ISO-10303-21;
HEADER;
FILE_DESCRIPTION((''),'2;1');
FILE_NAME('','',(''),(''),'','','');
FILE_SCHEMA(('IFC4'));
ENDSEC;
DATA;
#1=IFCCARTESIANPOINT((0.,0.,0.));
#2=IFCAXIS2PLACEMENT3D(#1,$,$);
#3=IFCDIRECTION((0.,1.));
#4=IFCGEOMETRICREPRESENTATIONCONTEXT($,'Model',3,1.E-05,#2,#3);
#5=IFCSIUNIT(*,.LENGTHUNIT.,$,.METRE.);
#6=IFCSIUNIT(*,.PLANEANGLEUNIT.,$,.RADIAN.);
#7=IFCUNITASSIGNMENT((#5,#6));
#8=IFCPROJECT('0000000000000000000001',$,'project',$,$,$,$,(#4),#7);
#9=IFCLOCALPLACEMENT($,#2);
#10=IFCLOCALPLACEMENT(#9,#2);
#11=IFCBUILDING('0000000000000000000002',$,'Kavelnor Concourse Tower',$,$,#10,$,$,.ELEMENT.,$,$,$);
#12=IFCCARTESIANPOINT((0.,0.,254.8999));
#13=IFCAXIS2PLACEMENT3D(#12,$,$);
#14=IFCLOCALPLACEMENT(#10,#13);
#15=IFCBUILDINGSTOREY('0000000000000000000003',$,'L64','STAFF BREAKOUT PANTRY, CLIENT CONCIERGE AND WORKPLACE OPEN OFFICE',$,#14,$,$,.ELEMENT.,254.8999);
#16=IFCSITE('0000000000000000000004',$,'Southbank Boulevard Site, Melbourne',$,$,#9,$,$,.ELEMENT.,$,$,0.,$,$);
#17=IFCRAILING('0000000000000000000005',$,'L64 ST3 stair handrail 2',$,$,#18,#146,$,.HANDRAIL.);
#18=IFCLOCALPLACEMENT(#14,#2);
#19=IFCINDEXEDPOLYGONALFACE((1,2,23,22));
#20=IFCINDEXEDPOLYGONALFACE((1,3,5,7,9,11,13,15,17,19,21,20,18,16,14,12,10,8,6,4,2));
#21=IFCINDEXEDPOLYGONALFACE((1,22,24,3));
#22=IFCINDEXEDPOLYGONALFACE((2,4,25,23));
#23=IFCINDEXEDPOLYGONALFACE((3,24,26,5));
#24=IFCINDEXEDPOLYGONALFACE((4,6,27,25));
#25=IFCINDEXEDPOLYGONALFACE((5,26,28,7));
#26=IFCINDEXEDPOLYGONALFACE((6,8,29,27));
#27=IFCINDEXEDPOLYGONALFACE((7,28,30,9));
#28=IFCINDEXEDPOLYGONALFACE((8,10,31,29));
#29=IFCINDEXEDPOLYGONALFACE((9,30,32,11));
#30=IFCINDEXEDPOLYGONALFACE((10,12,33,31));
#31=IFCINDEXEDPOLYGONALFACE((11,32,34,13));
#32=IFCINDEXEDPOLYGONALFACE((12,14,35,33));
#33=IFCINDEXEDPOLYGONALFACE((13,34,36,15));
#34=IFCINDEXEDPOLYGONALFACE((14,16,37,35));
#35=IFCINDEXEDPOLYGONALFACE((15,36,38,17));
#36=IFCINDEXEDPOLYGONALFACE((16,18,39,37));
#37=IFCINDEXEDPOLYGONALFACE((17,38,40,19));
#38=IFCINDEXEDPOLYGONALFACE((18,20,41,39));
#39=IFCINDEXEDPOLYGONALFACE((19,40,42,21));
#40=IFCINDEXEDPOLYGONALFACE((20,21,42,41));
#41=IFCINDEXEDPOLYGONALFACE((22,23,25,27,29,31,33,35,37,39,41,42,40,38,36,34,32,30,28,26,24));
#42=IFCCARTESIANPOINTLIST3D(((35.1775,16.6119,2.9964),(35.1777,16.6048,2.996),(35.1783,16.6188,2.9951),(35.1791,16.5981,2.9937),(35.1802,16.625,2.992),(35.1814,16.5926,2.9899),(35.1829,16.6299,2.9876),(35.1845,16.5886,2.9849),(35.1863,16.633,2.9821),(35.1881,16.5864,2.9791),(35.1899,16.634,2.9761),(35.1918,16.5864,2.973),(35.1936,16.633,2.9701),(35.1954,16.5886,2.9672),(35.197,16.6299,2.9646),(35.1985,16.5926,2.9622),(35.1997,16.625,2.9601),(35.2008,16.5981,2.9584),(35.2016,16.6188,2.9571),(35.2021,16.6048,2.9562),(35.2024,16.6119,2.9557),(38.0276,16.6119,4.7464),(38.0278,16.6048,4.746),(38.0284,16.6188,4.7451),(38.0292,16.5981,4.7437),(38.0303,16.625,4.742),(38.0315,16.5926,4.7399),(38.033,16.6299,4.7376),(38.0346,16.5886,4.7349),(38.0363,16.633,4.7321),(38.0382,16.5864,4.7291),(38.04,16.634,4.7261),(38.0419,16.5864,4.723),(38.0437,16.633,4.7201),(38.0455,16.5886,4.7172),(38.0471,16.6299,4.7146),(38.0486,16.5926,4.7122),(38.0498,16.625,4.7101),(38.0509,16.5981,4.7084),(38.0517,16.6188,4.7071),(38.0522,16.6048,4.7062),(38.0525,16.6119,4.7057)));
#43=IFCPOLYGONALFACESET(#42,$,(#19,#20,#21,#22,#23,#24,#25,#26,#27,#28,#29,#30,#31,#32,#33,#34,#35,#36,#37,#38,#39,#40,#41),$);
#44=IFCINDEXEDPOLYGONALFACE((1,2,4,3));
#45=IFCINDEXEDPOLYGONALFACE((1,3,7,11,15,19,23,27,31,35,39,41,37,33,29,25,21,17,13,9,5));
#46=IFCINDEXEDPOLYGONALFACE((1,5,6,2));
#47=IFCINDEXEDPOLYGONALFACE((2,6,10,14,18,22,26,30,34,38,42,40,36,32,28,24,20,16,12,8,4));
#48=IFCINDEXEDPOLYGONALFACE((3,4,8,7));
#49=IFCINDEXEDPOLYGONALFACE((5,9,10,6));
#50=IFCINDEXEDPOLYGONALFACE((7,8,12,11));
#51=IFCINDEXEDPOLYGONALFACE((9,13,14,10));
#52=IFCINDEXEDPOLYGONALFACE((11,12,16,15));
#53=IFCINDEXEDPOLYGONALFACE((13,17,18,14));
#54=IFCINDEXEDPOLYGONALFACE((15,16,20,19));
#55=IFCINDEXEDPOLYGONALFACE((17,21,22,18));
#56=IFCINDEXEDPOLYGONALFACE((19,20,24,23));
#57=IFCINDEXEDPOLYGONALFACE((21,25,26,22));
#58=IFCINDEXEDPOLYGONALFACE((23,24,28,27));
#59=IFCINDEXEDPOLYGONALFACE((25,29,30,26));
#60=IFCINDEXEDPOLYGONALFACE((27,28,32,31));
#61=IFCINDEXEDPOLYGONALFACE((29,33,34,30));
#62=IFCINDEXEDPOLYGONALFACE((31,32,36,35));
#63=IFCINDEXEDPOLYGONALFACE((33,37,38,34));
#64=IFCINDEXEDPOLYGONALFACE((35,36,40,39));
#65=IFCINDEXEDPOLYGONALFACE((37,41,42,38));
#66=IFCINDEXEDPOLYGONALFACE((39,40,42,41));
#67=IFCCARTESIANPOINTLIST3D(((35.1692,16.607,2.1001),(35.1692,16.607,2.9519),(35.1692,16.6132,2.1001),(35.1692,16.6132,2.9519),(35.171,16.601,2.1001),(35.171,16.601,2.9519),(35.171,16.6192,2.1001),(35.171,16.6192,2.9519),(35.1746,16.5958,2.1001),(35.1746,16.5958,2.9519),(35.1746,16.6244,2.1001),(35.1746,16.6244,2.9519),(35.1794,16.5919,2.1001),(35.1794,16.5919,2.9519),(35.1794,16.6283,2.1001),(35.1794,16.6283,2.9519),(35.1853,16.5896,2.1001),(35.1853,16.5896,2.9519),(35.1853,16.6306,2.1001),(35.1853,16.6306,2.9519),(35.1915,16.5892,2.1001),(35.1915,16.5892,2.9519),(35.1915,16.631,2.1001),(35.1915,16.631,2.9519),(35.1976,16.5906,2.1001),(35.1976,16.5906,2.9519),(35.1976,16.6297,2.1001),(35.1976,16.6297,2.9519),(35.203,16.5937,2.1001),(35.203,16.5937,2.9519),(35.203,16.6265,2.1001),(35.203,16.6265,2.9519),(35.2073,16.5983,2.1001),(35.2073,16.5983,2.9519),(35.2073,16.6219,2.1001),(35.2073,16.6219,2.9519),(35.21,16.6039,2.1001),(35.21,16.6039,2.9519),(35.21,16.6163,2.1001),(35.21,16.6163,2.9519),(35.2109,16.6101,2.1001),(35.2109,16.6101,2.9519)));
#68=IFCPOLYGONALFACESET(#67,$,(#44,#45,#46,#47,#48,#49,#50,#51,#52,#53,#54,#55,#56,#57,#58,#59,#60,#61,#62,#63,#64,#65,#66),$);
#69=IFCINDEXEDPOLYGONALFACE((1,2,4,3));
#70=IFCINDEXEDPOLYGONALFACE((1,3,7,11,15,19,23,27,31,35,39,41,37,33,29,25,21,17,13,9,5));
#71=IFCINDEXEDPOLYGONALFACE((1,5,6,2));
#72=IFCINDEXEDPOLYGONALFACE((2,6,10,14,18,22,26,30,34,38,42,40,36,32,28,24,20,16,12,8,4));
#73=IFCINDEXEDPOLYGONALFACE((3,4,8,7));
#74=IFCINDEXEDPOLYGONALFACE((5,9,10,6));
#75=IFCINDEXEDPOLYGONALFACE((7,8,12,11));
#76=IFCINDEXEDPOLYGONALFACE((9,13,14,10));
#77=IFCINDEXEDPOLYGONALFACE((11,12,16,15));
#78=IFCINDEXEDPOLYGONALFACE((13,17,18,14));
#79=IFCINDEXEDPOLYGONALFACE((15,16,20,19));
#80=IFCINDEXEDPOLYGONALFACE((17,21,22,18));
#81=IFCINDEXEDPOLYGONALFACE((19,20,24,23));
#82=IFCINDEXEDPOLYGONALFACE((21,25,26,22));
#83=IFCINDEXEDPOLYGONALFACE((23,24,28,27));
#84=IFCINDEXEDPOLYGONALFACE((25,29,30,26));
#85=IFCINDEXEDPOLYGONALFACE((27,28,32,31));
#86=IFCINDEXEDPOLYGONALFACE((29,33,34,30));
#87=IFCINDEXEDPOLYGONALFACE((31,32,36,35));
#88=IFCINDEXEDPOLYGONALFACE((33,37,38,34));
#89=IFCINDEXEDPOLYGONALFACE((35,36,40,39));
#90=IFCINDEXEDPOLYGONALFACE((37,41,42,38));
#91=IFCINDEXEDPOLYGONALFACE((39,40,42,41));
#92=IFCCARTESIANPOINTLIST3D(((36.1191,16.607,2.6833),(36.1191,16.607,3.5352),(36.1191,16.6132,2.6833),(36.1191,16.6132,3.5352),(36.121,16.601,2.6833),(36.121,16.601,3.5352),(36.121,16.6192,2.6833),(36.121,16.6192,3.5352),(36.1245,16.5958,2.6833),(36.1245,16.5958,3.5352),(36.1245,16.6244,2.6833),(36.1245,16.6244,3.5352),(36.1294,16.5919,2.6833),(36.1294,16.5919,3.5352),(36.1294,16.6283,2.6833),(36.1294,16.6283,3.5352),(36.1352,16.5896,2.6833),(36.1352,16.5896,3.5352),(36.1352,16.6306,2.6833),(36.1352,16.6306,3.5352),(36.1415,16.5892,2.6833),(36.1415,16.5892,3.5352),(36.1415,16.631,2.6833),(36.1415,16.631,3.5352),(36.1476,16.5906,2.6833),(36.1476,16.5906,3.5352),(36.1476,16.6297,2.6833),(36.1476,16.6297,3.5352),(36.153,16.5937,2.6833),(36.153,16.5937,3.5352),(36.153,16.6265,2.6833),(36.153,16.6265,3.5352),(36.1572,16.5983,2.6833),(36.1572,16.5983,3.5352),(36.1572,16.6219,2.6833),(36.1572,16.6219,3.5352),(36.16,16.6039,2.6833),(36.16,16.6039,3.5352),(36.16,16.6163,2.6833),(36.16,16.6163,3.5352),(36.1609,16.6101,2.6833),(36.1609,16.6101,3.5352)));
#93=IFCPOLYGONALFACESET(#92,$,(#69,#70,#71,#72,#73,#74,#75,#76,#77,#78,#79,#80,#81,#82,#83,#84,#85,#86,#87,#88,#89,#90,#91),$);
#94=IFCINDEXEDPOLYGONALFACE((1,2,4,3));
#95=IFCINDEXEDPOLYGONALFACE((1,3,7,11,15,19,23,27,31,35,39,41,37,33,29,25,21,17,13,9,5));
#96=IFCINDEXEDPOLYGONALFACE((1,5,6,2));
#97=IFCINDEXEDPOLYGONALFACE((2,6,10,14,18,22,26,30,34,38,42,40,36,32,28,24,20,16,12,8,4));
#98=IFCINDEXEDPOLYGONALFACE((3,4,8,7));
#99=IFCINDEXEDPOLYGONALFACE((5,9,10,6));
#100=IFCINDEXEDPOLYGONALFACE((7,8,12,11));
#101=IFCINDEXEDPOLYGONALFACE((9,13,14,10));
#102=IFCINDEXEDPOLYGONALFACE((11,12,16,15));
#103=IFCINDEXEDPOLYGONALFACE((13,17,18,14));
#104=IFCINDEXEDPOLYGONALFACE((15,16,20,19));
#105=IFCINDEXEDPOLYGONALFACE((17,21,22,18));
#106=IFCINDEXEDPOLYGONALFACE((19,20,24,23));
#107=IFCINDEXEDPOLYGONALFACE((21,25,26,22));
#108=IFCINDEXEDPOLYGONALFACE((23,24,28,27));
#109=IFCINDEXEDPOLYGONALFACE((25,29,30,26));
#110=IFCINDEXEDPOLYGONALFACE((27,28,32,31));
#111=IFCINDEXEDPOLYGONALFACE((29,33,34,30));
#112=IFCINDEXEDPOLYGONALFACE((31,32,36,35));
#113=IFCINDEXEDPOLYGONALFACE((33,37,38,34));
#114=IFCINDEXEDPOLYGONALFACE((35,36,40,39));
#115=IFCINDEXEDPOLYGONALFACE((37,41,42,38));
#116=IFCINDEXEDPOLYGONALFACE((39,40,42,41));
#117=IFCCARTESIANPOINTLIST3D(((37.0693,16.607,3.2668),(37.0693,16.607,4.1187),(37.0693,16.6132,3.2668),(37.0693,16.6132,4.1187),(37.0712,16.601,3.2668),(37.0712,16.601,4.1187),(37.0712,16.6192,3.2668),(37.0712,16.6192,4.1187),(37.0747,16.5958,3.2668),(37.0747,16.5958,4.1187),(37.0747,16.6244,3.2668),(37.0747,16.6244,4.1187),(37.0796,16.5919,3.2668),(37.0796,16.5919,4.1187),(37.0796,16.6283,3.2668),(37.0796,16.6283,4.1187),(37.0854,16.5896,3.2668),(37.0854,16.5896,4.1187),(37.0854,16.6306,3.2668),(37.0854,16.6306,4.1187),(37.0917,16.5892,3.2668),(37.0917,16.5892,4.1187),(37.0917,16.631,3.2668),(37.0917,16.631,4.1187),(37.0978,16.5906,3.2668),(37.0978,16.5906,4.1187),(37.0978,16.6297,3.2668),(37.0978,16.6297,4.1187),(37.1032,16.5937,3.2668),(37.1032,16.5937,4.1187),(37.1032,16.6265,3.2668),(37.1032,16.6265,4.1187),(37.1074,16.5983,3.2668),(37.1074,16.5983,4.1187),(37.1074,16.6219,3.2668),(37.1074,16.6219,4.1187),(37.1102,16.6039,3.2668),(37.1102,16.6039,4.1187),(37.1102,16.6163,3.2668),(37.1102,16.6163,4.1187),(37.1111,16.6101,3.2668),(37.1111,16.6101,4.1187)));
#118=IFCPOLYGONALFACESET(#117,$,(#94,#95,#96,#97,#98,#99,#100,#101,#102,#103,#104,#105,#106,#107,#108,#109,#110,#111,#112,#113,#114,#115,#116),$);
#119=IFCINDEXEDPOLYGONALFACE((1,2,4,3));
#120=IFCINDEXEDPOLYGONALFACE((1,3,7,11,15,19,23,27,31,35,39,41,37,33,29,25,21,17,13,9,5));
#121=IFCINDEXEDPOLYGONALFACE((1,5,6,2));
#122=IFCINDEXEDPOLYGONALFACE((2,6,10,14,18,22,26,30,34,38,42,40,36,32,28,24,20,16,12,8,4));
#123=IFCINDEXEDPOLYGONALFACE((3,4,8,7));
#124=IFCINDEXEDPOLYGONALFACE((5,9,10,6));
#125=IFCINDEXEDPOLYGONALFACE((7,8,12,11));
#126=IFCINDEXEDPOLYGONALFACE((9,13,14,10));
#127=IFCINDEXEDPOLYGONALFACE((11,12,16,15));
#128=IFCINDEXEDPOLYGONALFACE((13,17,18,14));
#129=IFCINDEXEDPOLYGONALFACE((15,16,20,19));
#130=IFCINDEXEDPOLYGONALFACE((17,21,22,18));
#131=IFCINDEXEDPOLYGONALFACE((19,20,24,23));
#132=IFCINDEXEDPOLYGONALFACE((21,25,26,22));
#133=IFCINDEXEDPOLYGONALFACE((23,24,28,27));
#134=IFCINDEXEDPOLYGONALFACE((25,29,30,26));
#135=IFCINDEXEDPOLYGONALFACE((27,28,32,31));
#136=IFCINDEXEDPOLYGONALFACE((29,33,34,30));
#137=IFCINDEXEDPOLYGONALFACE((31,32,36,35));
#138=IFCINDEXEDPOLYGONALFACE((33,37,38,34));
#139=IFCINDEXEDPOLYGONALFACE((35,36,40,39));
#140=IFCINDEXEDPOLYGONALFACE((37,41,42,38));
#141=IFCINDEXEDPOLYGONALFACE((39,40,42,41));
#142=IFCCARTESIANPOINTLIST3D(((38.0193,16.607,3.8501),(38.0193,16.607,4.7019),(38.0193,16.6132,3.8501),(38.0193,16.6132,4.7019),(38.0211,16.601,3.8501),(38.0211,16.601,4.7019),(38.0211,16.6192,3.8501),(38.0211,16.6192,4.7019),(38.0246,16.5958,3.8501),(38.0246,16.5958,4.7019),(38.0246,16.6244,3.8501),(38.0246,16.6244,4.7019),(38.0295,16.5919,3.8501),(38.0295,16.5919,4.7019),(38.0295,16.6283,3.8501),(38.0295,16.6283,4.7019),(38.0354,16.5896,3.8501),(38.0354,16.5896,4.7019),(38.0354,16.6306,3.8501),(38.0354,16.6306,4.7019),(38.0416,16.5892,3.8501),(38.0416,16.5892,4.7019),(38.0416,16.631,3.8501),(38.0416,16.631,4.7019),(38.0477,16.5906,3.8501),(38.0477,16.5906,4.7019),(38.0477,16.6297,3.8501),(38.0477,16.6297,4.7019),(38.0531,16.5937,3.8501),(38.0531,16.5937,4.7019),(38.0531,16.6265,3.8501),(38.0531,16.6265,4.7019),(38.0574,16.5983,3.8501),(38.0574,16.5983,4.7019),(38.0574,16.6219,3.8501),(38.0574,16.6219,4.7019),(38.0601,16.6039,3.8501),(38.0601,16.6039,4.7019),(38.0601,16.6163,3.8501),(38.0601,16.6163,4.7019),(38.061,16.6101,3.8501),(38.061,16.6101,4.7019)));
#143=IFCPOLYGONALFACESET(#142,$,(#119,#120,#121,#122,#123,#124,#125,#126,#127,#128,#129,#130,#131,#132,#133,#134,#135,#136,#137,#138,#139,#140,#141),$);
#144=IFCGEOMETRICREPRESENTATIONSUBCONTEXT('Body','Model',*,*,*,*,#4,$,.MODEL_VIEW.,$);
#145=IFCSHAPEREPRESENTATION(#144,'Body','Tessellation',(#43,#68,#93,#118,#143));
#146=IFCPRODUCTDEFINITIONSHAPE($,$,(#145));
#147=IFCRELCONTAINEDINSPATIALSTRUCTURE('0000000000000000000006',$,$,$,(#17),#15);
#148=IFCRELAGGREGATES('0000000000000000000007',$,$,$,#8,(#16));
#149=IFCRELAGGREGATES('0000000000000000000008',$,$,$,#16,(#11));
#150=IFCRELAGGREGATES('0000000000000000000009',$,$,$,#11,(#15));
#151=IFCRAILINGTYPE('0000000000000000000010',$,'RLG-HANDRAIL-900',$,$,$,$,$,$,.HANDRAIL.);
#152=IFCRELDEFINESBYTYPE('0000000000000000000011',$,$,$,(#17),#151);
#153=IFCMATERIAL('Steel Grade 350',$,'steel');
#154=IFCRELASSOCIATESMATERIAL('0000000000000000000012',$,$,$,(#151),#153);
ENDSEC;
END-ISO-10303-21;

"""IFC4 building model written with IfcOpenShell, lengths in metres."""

from ifc_helpers import new_model, si_unit, direction, frame, origin, origin_2d, place, context, subcontext, project, spatial, circle, extrude, material, type_object, element, save


model = new_model("IFC4")

# Units and contexts
model_context = context("Model", 3, precision=1e-05, world=origin(), true_north=direction((0.0, 1.0)))
body_context = subcontext(model_context, "Body", "Model", "MODEL_VIEW")
ifc_project = project(units=[si_unit("LENGTHUNIT", "METRE"), si_unit("PLANEANGLEUNIT", "RADIAN")], contexts=[model_context])

# Site, building, storey
site_placement = place(None, origin())
site = spatial("IfcSite", under=ifc_project, at=site_placement, Name="Southbank Boulevard Site, Melbourne", CompositionType="ELEMENT", RefElevation=0.0)
building_placement = place(site_placement, origin())
building = spatial("IfcBuilding", under=site, at=building_placement, Name="Kavelnor Concourse Tower", CompositionType="ELEMENT")
storey_placement = place(building_placement, frame((0.0, 0.0, 254.8999)))
storey = spatial("IfcBuildingStorey", under=building, at=storey_placement, Name="L64", Description="STAFF BREAKOUT PANTRY, CLIENT CONCIERGE AND WORKPLACE OPEN OFFICE", CompositionType="ELEMENT", Elevation=254.8999)

# Shared definitions
ifc_material_1 = material(Name="Steel Grade 350", Category="steel")

# Railing
railing_type_1 = type_object("IfcRailingType", Name="RLG-HANDRAIL-900", PredefinedType="HANDRAIL", material=ifc_material_1)
railing_1_placement = place(storey_placement, frame((35.1899, 16.6101, 2.1001)))
element("IfcRailing", 1, at=railing_1_placement, inside=storey, type_object=railing_type_1, Name="L64 ST3 stair handrail 2", PredefinedType="HANDRAIL", context=body_context, shape_type="SweptSolid", body=[
    extrude(circle(Radius=0.0239, at=origin_2d()), frame((0.0, 0.0, 0.876), z_axis=(0.852179, 0.0, 0.52325), x_axis=(0.0, 1.0, 0.0)), (0.0, 0.0, 1.0), 3.3445),
    extrude(circle(Radius=0.021, at=origin_2d()), origin(), (0.0, 0.0, 1.0), 0.8518),
    extrude(circle(Radius=0.021, at=origin_2d()), frame((0.95, 0.0, 0.5833)), (0.0, 0.0, 1.0), 0.8518),
    extrude(circle(Radius=0.021, at=origin_2d()), frame((1.9001, 0.0, 1.1667)), (0.0, 0.0, 1.0), 0.8518),
    extrude(circle(Radius=0.021, at=origin_2d()), frame((2.8501, 0.0, 1.75)), (0.0, 0.0, 1.0), 0.8518),
])

save(model, "model.ifc")
